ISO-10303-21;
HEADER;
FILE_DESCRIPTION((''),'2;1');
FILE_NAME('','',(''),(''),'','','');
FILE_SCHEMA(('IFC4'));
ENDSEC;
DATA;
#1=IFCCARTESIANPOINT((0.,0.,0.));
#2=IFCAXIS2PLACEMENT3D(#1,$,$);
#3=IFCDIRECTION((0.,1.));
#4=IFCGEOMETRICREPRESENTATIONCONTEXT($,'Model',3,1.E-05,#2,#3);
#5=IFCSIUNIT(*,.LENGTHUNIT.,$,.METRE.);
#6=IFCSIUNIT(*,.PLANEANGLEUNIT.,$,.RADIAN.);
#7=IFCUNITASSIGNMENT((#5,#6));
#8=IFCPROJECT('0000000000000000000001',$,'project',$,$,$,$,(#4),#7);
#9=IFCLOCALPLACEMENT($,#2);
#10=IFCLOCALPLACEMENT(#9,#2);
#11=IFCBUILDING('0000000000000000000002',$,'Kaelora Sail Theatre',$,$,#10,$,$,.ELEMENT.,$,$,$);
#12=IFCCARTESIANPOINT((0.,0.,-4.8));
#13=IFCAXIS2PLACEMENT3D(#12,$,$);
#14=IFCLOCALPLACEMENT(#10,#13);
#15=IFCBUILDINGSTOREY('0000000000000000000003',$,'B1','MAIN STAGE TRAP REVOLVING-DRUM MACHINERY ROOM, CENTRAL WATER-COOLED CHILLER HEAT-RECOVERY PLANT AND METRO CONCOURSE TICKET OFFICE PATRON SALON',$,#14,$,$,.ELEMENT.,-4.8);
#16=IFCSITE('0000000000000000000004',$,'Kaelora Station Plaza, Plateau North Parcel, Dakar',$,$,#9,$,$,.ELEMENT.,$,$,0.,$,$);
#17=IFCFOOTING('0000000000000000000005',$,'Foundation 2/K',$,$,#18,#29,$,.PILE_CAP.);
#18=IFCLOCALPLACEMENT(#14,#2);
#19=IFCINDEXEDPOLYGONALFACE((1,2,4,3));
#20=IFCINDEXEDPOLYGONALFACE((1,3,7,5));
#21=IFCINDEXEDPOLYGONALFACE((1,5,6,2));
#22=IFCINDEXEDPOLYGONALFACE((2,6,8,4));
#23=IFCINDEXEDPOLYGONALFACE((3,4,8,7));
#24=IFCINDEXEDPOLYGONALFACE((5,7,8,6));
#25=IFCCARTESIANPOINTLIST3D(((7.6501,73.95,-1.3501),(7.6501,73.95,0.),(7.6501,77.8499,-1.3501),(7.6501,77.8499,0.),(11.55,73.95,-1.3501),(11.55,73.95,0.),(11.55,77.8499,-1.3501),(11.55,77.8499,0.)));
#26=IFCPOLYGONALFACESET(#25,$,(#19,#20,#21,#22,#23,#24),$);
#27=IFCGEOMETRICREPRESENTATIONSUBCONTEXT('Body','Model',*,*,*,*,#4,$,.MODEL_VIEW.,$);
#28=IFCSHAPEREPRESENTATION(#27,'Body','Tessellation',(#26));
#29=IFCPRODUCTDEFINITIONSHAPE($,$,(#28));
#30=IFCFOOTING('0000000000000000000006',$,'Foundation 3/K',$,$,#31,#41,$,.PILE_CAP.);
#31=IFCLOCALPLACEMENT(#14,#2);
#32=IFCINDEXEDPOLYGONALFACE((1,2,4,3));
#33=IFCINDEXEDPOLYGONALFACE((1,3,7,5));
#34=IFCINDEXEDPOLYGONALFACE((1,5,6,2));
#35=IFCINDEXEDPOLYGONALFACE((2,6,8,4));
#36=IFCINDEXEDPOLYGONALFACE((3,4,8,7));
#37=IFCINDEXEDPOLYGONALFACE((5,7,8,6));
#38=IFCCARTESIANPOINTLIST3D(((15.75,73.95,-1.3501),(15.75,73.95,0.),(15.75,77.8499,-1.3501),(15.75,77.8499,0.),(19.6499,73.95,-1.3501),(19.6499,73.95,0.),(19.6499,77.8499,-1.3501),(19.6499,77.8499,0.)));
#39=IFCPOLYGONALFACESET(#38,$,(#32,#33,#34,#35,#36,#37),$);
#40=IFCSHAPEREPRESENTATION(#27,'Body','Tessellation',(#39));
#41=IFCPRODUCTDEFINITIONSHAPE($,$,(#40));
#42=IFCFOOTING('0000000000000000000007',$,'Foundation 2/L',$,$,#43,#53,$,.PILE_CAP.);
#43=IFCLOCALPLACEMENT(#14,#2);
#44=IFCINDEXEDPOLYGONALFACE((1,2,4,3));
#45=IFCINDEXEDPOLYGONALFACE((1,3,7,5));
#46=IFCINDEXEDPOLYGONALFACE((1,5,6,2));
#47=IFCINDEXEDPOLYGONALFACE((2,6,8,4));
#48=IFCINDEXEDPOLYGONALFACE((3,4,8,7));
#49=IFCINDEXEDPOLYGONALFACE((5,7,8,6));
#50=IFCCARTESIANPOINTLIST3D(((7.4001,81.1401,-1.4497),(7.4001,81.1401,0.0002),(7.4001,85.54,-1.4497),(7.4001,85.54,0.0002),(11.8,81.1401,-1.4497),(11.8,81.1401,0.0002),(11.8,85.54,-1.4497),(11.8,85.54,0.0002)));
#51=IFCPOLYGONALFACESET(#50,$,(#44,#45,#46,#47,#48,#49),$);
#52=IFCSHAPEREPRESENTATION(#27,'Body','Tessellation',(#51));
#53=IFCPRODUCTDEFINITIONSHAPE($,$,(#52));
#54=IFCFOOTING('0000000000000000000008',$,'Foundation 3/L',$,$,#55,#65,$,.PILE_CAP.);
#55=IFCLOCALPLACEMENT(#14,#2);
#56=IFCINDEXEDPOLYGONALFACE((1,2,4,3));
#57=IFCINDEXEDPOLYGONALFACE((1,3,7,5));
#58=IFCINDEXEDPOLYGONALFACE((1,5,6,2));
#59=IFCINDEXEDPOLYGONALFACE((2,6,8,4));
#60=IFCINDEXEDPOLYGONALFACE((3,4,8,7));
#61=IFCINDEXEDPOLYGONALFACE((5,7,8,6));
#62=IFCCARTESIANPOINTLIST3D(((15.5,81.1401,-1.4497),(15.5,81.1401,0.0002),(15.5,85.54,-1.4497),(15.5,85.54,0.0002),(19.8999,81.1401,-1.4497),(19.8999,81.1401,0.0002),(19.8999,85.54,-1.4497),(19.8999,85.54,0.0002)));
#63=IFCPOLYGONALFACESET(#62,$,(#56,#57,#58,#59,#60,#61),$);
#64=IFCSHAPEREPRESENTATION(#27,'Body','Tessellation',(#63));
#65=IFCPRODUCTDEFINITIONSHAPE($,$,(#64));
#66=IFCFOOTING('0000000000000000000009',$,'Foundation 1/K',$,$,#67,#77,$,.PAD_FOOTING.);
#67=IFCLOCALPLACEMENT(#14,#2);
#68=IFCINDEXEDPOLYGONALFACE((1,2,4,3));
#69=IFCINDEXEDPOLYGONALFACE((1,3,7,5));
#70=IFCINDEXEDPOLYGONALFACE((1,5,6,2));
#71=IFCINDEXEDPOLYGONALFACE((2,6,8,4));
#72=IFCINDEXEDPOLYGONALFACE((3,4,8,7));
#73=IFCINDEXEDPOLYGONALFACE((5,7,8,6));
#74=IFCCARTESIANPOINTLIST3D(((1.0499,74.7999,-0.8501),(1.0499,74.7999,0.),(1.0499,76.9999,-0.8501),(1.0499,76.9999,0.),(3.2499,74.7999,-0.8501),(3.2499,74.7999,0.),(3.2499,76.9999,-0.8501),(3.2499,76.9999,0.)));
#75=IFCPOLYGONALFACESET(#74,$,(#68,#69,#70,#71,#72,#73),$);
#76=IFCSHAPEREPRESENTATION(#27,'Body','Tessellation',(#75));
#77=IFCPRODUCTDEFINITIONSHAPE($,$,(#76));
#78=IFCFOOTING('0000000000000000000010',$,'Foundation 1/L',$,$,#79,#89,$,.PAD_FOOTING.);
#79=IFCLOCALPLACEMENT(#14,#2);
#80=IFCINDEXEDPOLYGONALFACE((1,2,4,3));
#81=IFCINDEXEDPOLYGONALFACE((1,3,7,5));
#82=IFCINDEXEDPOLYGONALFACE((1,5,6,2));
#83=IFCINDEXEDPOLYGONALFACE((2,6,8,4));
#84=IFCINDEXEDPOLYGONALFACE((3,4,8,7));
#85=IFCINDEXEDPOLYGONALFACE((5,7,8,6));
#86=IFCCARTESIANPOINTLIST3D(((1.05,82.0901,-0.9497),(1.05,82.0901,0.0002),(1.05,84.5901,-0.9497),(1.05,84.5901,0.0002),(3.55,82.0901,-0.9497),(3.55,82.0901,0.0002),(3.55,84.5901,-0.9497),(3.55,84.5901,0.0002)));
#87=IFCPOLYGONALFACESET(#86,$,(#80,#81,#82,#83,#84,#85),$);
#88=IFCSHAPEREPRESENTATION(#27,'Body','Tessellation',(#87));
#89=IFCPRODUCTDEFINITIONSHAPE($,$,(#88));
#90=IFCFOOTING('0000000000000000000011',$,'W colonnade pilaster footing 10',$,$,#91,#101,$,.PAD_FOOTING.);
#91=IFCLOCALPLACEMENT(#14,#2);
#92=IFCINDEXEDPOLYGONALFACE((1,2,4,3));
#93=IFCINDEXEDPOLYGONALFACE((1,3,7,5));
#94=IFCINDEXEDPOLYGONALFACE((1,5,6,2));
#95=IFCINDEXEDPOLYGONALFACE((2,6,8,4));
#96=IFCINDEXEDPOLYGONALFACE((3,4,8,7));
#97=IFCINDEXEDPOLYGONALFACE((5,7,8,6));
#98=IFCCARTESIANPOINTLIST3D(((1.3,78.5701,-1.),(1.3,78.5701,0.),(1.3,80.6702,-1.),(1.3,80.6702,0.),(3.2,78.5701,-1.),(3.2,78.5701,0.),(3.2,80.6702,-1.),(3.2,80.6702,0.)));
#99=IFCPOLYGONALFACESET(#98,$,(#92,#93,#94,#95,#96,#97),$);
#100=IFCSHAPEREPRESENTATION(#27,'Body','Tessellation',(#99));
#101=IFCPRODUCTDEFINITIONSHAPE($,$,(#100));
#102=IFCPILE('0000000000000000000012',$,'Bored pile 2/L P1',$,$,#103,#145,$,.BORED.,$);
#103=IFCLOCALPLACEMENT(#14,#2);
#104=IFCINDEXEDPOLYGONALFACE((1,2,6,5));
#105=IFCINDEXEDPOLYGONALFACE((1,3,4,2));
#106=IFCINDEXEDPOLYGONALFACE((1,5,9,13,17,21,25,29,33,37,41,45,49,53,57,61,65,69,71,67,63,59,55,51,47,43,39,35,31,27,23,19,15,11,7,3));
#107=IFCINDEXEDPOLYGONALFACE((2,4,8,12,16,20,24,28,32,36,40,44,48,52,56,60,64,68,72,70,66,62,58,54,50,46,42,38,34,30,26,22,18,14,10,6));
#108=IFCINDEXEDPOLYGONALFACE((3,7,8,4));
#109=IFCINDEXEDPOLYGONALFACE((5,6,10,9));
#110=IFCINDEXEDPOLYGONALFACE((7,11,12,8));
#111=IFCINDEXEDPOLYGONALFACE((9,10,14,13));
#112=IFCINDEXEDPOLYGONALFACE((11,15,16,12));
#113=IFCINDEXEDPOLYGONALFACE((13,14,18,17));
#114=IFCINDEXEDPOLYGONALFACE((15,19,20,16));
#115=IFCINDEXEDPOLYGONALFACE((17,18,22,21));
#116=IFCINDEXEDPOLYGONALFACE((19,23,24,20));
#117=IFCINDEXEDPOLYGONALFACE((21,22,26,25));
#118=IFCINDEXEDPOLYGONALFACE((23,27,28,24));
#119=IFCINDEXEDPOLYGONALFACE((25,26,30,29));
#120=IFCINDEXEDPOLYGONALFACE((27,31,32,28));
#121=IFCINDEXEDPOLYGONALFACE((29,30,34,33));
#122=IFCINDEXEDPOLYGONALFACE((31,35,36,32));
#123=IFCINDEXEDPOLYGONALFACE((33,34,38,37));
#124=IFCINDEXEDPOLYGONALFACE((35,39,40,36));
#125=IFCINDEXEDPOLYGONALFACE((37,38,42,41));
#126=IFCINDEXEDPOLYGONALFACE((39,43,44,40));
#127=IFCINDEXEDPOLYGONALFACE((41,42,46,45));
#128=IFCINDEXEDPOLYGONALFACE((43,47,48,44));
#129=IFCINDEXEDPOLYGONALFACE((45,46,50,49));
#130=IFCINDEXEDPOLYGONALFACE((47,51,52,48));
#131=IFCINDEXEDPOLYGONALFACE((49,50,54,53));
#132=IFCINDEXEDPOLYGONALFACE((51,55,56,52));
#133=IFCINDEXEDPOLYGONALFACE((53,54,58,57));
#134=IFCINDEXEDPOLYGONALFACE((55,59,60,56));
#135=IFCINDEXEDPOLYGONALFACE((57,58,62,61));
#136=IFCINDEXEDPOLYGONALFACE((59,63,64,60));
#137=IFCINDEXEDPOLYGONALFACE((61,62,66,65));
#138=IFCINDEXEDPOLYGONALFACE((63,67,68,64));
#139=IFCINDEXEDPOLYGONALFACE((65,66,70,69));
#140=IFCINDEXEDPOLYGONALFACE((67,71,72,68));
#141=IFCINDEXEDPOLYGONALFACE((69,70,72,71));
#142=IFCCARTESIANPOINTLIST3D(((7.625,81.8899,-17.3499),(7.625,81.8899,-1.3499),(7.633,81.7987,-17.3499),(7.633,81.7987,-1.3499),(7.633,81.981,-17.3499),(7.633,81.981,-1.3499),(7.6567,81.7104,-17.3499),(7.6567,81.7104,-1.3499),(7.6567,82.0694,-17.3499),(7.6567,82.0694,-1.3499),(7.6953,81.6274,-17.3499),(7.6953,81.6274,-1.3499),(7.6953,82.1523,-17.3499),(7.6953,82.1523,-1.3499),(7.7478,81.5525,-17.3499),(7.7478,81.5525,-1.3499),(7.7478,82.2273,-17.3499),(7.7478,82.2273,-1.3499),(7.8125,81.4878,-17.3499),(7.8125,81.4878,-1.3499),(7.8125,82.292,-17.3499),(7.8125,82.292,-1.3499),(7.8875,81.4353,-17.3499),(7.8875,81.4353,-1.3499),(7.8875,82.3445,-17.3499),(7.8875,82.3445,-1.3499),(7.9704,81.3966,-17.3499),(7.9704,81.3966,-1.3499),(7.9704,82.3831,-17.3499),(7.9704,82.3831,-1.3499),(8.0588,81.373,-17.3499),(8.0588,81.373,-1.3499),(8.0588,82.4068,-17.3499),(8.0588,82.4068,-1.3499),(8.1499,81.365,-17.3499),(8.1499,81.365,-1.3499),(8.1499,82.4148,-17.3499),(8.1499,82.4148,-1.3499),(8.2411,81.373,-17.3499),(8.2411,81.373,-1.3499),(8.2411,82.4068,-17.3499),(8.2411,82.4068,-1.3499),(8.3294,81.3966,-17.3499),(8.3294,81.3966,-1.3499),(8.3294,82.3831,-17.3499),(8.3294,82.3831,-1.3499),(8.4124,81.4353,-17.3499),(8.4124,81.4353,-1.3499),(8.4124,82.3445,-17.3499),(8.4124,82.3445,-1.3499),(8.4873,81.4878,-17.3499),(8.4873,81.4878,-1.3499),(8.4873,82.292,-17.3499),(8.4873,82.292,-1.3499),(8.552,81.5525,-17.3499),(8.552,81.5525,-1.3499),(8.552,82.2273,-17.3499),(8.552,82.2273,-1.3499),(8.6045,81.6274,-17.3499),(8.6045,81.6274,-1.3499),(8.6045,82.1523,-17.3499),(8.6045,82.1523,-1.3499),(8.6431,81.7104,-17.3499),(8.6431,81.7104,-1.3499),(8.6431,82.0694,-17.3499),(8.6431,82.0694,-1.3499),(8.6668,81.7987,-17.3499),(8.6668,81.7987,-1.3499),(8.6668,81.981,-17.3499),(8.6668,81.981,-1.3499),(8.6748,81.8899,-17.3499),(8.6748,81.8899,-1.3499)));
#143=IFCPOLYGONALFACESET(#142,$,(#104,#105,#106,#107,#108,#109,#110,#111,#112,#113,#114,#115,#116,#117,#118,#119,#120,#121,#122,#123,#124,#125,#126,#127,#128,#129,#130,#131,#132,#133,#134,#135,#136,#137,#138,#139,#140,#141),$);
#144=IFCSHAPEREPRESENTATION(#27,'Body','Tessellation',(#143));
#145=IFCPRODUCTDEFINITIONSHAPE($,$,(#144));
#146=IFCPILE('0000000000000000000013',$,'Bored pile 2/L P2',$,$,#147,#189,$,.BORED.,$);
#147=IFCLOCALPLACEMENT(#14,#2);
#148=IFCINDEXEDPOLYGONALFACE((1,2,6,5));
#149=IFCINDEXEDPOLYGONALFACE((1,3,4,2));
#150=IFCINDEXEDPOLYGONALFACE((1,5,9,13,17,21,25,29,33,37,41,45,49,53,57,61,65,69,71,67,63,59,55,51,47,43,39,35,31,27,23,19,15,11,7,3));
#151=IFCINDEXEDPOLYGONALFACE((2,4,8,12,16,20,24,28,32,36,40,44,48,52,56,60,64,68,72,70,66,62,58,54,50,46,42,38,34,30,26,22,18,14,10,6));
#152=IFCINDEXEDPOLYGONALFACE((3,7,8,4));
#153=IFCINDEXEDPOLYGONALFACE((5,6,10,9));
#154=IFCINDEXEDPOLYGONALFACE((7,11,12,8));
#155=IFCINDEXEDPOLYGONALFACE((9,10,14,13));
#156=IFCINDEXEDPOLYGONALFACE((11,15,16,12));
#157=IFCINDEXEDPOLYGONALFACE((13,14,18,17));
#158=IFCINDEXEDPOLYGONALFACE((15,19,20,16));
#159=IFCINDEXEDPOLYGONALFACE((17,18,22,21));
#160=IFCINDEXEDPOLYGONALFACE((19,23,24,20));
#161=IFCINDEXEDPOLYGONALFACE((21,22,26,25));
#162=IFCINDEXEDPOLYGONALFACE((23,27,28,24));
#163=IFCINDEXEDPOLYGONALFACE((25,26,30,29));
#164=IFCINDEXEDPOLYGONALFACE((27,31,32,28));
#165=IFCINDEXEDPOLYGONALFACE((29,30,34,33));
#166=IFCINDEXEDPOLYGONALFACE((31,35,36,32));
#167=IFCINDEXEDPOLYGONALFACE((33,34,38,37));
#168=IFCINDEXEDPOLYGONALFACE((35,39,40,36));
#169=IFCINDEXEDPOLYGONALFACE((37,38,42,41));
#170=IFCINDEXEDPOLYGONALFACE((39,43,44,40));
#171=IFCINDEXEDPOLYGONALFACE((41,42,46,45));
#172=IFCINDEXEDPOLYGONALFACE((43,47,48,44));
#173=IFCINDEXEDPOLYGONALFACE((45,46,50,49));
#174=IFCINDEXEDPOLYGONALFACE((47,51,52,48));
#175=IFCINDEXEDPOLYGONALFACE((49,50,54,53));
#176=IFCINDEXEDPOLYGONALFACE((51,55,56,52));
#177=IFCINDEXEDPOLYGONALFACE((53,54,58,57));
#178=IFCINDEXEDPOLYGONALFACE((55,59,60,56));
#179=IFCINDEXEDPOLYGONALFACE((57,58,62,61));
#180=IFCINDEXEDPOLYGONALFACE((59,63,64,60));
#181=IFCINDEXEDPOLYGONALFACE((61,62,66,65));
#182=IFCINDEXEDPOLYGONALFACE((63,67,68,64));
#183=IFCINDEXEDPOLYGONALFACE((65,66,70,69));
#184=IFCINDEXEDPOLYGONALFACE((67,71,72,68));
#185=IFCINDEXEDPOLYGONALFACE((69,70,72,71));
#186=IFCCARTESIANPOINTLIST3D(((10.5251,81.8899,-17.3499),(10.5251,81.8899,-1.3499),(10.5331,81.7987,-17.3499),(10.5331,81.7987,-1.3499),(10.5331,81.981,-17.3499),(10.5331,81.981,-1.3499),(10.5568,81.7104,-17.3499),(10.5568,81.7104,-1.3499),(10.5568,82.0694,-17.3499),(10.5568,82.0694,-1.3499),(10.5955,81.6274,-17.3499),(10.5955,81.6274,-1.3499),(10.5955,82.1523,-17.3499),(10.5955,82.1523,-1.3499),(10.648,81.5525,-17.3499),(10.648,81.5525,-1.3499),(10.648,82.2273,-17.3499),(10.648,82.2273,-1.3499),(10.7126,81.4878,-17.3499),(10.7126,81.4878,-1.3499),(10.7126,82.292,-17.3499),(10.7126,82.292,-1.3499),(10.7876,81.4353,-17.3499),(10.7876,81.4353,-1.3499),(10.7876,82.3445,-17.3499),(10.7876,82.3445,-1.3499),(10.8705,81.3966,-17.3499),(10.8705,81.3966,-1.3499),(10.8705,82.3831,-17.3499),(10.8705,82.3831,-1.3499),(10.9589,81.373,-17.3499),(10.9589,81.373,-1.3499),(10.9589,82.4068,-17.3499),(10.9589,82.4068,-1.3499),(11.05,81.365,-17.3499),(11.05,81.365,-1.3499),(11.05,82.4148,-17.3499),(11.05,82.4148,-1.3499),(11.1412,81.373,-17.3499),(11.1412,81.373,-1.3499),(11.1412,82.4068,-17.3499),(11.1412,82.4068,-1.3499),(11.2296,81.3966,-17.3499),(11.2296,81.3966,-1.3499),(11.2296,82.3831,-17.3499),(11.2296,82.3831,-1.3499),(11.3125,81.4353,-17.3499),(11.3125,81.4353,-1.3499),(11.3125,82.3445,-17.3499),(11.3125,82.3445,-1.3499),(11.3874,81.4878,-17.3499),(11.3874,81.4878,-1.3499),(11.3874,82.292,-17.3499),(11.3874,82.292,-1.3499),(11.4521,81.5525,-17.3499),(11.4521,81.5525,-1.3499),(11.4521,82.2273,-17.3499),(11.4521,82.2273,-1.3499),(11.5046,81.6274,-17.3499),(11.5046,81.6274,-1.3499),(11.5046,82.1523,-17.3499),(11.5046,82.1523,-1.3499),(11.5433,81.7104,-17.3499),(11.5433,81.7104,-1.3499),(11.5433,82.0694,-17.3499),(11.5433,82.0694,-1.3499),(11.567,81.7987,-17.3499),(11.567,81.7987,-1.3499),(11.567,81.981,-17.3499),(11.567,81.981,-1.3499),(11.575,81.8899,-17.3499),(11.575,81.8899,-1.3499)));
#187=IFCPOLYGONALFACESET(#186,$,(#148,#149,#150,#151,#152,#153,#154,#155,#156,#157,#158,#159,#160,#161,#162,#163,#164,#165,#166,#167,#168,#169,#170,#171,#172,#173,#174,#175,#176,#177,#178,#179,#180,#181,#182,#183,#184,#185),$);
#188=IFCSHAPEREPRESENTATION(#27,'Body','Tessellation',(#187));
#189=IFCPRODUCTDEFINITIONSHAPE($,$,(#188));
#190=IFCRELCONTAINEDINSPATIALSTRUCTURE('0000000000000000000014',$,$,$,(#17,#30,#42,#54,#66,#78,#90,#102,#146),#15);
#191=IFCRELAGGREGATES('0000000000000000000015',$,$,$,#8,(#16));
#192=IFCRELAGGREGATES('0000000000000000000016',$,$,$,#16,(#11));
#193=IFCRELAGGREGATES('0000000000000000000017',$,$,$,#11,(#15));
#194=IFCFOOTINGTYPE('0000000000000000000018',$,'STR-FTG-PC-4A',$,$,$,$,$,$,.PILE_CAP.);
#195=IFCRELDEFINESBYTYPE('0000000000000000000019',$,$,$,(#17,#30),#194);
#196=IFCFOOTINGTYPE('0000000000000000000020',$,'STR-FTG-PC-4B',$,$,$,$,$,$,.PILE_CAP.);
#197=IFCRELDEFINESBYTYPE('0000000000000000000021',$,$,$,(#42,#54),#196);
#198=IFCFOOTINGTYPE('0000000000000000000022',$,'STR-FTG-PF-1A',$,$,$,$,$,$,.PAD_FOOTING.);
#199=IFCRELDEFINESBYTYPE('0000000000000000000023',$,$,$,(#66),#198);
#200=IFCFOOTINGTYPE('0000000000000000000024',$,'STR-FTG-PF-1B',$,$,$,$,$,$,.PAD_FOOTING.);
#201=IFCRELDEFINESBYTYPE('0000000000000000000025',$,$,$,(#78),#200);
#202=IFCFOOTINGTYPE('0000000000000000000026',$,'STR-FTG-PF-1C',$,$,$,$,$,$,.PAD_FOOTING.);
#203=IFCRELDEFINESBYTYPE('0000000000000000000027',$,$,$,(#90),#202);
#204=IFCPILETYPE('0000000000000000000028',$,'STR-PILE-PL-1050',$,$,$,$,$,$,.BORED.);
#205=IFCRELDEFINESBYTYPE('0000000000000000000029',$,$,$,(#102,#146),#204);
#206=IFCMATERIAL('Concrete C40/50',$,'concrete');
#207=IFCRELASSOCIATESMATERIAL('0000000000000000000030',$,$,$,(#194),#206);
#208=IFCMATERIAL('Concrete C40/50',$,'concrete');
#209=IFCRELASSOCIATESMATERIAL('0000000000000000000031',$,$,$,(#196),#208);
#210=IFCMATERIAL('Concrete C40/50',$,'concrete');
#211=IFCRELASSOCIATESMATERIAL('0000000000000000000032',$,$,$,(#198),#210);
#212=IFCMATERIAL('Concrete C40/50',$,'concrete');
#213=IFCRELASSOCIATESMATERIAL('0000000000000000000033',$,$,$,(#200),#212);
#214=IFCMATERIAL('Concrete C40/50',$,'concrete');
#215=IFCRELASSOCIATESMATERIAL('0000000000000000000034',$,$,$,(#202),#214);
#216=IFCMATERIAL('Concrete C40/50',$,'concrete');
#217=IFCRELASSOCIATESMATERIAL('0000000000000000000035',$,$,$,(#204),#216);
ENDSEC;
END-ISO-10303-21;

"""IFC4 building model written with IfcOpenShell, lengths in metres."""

from ifc_helpers import new_model, si_unit, direction, frame, origin, origin_2d, place, context, subcontext, project, spatial, rectangle, circle, extrude, material, material_profile, profile_set, type_object, element, save


model = new_model("IFC4")

# Units and contexts
model_context = context("Model", 3, precision=1e-05, world=origin(), true_north=direction((0.0, 1.0)))
body_context = subcontext(model_context, "Body", "Model", "MODEL_VIEW")
ifc_project = project(units=[si_unit("LENGTHUNIT", "METRE"), si_unit("PLANEANGLEUNIT", "RADIAN")], contexts=[model_context])

# Site, building, storey
site_placement = place(None, origin())
site = spatial("IfcSite", under=ifc_project, at=site_placement, Name="Kaelora Station Plaza, Plateau North Parcel, Dakar", CompositionType="ELEMENT", RefElevation=0.0)
building_placement = place(site_placement, origin())
building = spatial("IfcBuilding", under=site, at=building_placement, Name="Kaelora Sail Theatre", CompositionType="ELEMENT")
storey_placement = place(building_placement, frame((0.0, 0.0, -4.8)))
storey = spatial("IfcBuildingStorey", under=building, at=storey_placement, Name="B1", Description="MAIN STAGE TRAP REVOLVING-DRUM MACHINERY ROOM, CENTRAL WATER-COOLED CHILLER HEAT-RECOVERY PLANT AND METRO CONCOURSE TICKET OFFICE PATRON SALON", CompositionType="ELEMENT", Elevation=-4.8)

# Footings
ifc_material_1 = material(Name="Concrete C40/50", Category="concrete")
footing_type_1 = type_object("IfcFootingType", Name="STR-FTG-PC-4A", PredefinedType="PILE_CAP", material=ifc_material_1)
for number, where, z_axis, x_axis, name in (
    (1, (9.6001, 75.8999, -1.3501), (0.0, 0.0, 1.0), (1.0, 0.0, 0.0), "Foundation 2/K"),
    (2, (17.7, 75.8999, -1.3501), (0.0, 0.0, 1.0), (1.0, 0.0, 0.0), "Foundation 3/K"),
):
    element("IfcFooting", number, at=place(storey_placement, frame(where, z_axis=z_axis, x_axis=x_axis)), inside=storey, type_object=footing_type_1, Name=name, PredefinedType="PILE_CAP", context=body_context, shape_type="SweptSolid", body=[
        extrude(rectangle(XDim=3.8999, YDim=3.8999, at=origin_2d()), origin(), (0.0, 0.0, 1.0), 1.3501),
    ])
ifc_material_2 = material(Name="Concrete C40/50", Category="concrete")
footing_type_2 = type_object("IfcFootingType", Name="STR-FTG-PC-4B", PredefinedType="PILE_CAP", material=ifc_material_2)
for number, where, z_axis, x_axis, name in (
    (3, (9.6001, 83.3401, -1.4497), (0.0, 0.0, 1.0), (1.0, 0.0, 0.0), "Foundation 2/L"),
    (4, (17.7, 83.3401, -1.4497), (0.0, 0.0, 1.0), (1.0, 0.0, 0.0), "Foundation 3/L"),
):
    element("IfcFooting", number, at=place(storey_placement, frame(where, z_axis=z_axis, x_axis=x_axis)), inside=storey, type_object=footing_type_2, Name=name, PredefinedType="PILE_CAP", context=body_context, shape_type="SweptSolid", body=[
        extrude(rectangle(XDim=4.3999, YDim=4.3999, at=origin_2d()), origin(), (0.0, 0.0, 1.0), 1.45),
    ])
ifc_material_3 = material(Name="Concrete C40/50", Category="concrete")
footing_type_3 = type_object("IfcFootingType", Name="STR-FTG-PF-1A", PredefinedType="PAD_FOOTING", material=ifc_material_3)
footing_1_placement = place(storey_placement, frame((2.1499, 75.8999, -0.8501), z_axis=(0.0, 0.0, 1.0), x_axis=(1.0, 0.0, 0.0)))
element("IfcFooting", 5, at=footing_1_placement, inside=storey, type_object=footing_type_3, Name="Foundation 1/K", PredefinedType="PAD_FOOTING", context=body_context, shape_type="SweptSolid", body=[
    extrude(rectangle(XDim=2.2, YDim=2.2, at=origin_2d()), origin(), (0.0, 0.0, 1.0), 0.8501),
])
ifc_material_4 = material(Name="Concrete C40/50", Category="concrete")
footing_type_4 = type_object("IfcFootingType", Name="STR-FTG-PF-1B", PredefinedType="PAD_FOOTING", material=ifc_material_4)
footing_2_placement = place(storey_placement, frame((2.3, 83.3401, -0.9497), z_axis=(0.0, 0.0, 1.0), x_axis=(1.0, 0.0, 0.0)))
element("IfcFooting", 6, at=footing_2_placement, inside=storey, type_object=footing_type_4, Name="Foundation 1/L", PredefinedType="PAD_FOOTING", context=body_context, shape_type="SweptSolid", body=[
    extrude(rectangle(XDim=2.5, YDim=2.5, at=origin_2d()), origin(), (0.0, 0.0, 1.0), 0.95),
])
ifc_material_5 = material(Name="Concrete C40/50", Category="concrete")
footing_type_5 = type_object("IfcFootingType", Name="STR-FTG-PF-1C", PredefinedType="PAD_FOOTING", material=ifc_material_5)
footing_3_placement = place(storey_placement, frame((2.25, 79.6201, -1.0), z_axis=(0.0, 0.0, 1.0), x_axis=(1.0, 0.0, 0.0)))
element("IfcFooting", 7, at=footing_3_placement, inside=storey, type_object=footing_type_5, Name="W colonnade pilaster footing 10", PredefinedType="PAD_FOOTING", context=body_context, shape_type="SweptSolid", body=[
    extrude(rectangle(XDim=1.8999, YDim=2.1001, at=origin_2d()), origin(), (0.0, 0.0, 1.0), 1.0),
])

# Piles
ifc_material_6 = material(Name="Concrete C40/50", Category="concrete")
ifc_material_profile_1 = material_profile(ifc_material_6, circle(Radius=0.5249, at=origin_2d()), Name="PILE D1050")
ifc_profile_set_1 = profile_set([ifc_material_profile_1], Name="Concrete C40/50")
pile_type_1 = type_object("IfcPileType", Name="STR-PILE-PL-1050", PredefinedType="BORED", material=ifc_profile_set_1)
for number, where, z_axis, x_axis, name in (
    (8, (8.1499, 81.8899, -1.3499), (0.0, 0.0, -1.0), (1.0, 0.0, 0.0), "Bored pile 2/L P1"),
    (9, (11.05, 81.8899, -1.3499), (0.0, 0.0, -1.0), (1.0, 0.0, 0.0), "Bored pile 2/L P2"),
):
    element("IfcPile", number, at=place(storey_placement, frame(where, z_axis=z_axis, x_axis=x_axis)), inside=storey, type_object=pile_type_1, Name=name, PredefinedType="BORED", context=body_context, shape_type="SweptSolid", body=[
        extrude(circle(Radius=0.5249, at=origin_2d()), origin(), (0.0, 0.0, 1.0), 16.0),
    ])

save(model, "model.ifc")
